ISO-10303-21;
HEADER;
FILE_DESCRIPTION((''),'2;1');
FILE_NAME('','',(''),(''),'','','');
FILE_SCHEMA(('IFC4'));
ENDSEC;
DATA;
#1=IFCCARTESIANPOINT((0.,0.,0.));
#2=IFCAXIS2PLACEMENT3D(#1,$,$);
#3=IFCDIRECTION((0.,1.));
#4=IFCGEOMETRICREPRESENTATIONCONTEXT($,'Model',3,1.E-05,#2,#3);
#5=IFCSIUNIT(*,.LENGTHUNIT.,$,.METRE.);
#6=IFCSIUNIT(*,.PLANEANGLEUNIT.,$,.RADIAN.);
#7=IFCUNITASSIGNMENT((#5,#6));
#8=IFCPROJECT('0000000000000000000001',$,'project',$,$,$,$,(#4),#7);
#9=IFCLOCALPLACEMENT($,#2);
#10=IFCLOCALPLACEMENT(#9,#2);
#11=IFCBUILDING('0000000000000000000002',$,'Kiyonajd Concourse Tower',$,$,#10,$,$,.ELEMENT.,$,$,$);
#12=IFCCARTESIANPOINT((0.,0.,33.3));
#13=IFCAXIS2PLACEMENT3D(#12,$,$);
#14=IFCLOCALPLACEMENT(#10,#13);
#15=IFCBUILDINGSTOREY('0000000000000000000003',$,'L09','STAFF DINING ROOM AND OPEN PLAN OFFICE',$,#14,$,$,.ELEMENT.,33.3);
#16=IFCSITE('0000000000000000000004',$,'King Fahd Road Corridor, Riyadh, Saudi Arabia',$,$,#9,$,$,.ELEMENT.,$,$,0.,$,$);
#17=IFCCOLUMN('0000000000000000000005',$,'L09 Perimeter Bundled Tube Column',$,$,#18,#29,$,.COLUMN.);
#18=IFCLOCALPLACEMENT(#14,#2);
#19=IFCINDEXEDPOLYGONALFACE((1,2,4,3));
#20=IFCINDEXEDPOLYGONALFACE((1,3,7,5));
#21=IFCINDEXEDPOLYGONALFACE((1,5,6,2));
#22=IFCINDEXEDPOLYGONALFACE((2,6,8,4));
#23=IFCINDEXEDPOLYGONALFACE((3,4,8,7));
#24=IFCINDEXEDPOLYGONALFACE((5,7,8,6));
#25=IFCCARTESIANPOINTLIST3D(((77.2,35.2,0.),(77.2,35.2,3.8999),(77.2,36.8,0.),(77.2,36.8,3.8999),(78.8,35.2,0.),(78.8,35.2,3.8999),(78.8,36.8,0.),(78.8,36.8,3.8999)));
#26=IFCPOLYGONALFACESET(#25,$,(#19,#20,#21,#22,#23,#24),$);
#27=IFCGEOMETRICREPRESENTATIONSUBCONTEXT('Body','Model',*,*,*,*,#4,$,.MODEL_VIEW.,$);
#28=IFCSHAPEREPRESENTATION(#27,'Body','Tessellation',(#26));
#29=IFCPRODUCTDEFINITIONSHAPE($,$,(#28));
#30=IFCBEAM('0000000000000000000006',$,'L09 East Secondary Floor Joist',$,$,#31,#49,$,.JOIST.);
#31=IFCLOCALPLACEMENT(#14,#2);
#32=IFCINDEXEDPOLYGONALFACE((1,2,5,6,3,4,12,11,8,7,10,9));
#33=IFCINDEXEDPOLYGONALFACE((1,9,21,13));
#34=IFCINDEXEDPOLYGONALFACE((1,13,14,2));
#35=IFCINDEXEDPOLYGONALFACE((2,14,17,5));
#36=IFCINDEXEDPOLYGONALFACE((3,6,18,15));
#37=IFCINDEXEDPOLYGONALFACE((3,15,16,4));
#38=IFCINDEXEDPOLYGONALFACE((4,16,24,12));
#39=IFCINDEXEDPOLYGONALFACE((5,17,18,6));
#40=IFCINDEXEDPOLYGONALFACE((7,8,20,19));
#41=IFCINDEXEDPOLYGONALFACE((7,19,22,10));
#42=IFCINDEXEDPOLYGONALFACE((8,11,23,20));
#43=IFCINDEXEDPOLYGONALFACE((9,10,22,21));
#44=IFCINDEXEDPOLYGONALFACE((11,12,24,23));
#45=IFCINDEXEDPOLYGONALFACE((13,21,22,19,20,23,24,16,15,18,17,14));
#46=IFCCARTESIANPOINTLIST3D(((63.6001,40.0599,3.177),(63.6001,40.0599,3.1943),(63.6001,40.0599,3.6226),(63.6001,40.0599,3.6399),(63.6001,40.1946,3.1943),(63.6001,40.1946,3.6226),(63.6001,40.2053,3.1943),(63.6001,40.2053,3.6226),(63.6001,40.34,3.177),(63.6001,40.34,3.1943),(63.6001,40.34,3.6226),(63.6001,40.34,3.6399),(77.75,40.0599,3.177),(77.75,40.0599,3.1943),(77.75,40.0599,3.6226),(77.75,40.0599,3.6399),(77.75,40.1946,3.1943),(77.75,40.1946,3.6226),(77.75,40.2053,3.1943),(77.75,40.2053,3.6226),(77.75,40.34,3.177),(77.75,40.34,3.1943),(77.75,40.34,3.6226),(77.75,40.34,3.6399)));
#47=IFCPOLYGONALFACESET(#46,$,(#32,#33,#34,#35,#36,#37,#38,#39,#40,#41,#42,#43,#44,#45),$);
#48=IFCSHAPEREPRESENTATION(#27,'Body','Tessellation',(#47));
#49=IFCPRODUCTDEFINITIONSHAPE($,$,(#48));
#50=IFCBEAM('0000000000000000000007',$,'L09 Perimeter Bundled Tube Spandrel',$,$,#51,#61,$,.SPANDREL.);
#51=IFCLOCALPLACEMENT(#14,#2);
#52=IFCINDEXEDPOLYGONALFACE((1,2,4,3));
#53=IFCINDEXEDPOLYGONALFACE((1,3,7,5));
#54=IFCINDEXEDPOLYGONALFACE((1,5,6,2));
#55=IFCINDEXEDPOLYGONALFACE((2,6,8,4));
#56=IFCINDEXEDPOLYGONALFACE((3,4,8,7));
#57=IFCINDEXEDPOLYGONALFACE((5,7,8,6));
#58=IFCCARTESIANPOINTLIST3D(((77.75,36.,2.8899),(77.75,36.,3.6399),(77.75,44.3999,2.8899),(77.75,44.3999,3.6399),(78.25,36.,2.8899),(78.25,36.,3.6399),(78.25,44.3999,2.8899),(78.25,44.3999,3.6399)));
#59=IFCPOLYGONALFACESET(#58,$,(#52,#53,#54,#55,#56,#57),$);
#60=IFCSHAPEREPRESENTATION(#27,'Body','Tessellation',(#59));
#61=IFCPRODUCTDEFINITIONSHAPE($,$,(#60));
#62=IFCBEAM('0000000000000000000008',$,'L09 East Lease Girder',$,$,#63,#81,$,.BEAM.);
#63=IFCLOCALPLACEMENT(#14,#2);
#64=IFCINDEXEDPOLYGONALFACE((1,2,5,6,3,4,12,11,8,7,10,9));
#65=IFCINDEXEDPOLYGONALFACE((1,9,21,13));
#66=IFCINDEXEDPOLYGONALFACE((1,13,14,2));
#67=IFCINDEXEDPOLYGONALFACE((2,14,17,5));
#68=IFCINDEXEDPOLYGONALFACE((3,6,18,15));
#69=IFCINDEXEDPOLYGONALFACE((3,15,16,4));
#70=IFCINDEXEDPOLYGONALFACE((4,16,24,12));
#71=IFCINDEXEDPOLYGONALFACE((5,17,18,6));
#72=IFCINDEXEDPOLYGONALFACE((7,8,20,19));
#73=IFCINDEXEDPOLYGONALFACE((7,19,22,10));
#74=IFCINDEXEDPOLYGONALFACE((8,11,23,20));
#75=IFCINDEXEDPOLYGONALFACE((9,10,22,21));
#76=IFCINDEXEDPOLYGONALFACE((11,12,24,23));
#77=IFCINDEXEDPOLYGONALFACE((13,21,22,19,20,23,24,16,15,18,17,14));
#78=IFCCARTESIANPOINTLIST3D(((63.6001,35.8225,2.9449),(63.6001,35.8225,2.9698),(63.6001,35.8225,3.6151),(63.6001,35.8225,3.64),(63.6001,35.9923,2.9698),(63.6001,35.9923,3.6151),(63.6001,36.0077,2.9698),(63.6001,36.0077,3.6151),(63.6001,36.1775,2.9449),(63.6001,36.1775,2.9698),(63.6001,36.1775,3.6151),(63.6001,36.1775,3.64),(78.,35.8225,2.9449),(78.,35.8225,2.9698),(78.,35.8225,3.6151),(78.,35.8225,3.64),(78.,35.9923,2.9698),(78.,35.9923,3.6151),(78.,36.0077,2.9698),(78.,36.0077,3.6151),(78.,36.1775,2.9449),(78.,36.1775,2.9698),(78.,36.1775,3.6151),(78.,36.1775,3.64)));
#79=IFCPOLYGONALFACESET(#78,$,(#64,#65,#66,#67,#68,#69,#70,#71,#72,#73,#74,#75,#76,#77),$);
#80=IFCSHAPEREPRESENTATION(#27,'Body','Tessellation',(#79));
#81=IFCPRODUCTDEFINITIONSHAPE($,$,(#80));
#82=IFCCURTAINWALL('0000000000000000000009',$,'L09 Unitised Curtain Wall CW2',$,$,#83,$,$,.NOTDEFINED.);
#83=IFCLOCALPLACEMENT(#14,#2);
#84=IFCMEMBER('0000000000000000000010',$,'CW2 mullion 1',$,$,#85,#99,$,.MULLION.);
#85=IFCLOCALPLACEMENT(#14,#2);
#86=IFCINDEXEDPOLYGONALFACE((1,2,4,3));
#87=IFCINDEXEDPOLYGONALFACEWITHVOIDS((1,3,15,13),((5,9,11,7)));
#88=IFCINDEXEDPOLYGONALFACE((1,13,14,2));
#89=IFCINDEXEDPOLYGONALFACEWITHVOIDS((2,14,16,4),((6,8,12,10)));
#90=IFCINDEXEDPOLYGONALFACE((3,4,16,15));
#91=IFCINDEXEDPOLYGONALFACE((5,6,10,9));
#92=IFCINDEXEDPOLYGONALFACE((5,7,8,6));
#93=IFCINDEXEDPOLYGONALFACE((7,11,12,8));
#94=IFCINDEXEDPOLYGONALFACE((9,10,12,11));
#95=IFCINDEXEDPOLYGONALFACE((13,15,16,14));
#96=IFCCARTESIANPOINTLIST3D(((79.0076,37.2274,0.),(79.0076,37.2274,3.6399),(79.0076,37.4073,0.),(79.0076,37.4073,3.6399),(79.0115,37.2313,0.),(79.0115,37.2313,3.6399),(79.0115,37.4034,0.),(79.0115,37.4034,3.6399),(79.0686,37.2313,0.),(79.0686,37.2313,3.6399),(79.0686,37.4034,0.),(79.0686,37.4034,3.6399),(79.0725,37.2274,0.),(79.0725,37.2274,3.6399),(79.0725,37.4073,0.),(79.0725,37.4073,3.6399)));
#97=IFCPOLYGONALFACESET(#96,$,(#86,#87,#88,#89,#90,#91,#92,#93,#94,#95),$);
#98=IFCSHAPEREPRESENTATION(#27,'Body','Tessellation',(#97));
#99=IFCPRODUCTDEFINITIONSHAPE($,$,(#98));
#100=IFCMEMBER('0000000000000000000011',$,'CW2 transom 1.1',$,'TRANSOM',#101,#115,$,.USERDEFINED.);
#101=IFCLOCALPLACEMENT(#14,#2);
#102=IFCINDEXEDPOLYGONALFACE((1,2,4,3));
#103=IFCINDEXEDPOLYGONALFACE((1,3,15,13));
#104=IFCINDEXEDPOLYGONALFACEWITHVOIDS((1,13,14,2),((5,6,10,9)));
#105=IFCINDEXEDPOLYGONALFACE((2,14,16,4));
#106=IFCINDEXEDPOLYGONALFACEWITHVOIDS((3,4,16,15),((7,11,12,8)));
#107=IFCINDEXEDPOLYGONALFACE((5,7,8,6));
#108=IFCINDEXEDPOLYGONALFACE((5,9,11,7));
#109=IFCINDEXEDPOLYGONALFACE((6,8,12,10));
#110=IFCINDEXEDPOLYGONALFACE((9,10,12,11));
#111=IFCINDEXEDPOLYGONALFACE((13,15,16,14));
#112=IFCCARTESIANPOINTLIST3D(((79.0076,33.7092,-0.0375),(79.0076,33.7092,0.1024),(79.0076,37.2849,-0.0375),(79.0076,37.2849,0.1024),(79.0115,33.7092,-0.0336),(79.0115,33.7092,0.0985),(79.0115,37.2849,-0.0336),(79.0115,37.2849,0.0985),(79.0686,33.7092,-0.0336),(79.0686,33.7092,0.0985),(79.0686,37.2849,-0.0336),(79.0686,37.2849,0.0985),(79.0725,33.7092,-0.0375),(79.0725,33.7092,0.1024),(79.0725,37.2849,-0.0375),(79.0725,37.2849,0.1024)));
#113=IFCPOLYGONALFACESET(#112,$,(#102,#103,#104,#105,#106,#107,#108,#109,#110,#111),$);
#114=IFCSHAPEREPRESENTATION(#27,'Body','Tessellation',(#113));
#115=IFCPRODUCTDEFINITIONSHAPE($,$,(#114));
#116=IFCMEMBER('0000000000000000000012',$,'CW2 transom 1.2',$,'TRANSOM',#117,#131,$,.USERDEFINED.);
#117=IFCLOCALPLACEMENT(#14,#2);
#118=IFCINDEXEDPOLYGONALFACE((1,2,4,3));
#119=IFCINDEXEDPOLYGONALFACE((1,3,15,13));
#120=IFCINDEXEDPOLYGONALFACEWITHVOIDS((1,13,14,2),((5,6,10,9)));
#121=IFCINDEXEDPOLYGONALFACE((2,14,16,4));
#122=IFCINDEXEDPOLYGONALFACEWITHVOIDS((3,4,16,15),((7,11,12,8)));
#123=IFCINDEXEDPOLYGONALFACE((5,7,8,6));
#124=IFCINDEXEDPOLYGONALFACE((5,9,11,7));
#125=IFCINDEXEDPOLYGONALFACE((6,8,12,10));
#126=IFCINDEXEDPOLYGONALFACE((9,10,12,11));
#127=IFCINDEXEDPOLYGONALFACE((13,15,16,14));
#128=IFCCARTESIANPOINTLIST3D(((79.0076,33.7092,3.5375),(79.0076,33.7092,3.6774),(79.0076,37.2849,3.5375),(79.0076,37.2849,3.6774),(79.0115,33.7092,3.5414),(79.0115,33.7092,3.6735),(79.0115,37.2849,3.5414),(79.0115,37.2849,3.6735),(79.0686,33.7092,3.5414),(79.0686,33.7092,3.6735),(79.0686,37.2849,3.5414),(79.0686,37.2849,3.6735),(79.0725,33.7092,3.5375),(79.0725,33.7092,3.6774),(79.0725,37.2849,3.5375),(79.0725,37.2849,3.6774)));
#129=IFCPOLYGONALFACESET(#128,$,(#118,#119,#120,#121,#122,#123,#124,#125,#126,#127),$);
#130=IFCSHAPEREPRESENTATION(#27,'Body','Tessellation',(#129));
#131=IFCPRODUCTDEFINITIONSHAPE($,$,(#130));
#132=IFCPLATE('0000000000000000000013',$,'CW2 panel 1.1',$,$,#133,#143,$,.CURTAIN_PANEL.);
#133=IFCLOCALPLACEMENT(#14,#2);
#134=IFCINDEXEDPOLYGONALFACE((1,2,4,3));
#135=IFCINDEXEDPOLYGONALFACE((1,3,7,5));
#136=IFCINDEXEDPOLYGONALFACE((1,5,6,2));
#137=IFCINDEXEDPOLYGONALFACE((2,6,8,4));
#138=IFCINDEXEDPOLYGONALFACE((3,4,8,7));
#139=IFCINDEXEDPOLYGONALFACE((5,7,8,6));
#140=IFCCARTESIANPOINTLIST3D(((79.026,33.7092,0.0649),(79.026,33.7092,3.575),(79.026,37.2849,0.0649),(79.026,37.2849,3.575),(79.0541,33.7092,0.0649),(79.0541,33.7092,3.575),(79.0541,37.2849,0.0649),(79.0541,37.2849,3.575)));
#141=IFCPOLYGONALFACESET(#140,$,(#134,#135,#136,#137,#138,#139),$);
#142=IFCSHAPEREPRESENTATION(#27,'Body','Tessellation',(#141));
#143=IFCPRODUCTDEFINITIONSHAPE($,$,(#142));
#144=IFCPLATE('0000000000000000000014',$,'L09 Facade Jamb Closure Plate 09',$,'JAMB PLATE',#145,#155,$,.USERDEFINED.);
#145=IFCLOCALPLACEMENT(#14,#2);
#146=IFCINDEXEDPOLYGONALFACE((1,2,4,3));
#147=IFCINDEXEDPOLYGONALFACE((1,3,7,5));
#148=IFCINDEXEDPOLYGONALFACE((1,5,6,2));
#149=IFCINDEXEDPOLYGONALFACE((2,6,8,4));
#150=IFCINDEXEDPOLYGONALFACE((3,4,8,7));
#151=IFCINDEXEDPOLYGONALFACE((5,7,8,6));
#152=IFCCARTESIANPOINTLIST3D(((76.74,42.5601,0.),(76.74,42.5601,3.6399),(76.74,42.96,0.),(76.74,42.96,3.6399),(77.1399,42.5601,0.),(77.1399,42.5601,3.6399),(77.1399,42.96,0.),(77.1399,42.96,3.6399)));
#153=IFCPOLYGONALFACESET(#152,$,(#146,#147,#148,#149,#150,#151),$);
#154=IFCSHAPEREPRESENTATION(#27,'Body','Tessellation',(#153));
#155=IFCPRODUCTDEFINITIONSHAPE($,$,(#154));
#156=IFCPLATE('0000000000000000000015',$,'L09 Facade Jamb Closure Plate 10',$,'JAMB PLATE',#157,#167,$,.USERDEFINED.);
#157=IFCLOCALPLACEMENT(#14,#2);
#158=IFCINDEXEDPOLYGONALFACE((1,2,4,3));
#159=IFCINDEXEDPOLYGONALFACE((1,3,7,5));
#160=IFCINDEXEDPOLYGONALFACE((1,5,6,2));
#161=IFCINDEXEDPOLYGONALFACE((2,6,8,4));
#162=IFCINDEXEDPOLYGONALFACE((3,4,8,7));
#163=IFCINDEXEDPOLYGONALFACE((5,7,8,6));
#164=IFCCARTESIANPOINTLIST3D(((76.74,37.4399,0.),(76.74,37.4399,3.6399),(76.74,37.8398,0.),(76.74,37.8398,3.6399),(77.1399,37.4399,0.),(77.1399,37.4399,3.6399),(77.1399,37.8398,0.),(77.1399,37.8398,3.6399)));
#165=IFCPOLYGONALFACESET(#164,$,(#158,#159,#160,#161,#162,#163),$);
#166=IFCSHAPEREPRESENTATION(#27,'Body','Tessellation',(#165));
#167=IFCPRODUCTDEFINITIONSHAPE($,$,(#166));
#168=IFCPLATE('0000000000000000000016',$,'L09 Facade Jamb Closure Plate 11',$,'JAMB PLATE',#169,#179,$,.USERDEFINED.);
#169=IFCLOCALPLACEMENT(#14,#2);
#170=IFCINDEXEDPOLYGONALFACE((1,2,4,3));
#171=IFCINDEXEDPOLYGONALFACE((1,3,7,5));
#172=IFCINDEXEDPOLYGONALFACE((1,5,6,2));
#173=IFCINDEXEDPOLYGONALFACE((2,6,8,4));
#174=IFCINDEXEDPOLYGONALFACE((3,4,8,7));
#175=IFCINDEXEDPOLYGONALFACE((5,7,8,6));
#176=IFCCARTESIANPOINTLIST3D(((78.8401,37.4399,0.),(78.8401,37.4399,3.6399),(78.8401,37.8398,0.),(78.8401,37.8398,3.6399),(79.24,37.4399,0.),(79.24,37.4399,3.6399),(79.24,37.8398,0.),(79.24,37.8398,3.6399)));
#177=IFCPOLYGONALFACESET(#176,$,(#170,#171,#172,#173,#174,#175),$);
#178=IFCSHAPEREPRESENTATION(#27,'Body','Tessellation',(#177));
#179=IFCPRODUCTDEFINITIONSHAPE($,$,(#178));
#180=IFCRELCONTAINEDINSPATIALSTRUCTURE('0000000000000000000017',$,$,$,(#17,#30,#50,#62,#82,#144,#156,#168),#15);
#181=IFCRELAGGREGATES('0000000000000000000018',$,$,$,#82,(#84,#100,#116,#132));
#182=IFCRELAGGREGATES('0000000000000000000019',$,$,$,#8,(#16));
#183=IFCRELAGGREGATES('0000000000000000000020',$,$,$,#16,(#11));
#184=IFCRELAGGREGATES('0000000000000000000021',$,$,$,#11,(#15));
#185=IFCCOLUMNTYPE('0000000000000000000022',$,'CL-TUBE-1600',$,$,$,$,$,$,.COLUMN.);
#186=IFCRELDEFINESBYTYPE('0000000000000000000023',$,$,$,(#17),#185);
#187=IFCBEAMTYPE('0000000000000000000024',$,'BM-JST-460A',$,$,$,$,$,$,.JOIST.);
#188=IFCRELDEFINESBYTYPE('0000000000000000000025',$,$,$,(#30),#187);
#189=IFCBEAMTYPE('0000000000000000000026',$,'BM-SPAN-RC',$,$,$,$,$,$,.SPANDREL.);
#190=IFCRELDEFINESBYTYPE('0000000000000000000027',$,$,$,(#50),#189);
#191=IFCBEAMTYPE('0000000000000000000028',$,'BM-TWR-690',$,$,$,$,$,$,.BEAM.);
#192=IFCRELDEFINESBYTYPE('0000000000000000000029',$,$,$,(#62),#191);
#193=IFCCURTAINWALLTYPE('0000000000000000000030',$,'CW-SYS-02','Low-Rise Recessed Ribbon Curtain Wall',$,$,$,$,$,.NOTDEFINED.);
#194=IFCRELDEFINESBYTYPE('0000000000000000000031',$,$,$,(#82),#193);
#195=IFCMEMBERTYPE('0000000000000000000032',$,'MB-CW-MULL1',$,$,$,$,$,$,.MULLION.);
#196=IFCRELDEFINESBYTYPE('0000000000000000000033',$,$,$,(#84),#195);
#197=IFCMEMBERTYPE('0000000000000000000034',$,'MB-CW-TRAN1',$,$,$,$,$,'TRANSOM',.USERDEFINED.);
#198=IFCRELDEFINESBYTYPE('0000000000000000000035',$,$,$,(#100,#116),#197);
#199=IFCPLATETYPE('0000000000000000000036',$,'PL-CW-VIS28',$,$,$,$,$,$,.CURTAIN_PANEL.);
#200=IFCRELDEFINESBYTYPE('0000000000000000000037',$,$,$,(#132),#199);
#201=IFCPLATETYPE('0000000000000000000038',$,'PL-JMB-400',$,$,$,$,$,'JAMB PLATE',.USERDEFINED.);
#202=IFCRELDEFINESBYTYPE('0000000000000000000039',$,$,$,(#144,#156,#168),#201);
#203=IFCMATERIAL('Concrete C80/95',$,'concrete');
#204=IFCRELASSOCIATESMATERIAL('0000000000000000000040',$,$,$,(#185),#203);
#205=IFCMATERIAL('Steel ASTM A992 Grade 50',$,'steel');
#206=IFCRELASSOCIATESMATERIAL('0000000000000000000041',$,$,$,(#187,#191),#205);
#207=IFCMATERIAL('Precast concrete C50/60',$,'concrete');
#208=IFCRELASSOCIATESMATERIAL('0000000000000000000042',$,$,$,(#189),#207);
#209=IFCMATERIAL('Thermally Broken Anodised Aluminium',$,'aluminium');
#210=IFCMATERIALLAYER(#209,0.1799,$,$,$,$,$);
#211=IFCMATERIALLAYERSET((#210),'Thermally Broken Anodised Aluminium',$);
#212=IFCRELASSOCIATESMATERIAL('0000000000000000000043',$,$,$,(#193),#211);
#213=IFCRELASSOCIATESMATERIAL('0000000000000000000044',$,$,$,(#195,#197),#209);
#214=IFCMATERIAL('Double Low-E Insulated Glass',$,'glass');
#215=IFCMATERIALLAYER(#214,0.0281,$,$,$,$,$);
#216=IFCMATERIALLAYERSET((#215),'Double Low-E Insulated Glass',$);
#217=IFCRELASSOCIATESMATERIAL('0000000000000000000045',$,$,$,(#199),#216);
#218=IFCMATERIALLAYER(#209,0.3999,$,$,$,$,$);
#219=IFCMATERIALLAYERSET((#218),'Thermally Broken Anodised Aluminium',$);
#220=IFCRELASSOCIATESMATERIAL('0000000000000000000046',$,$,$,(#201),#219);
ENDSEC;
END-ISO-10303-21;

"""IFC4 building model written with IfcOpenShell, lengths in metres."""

from ifc_helpers import new_model, si_unit, direction, frame, origin, origin_2d, place, context, subcontext, project, spatial, rectangle, hollow_rectangle, i_section, extrude, material, layer, layer_set, material_profile, profile_set, type_object, element, aggregate, save


model = new_model("IFC4")

# Units and contexts
model_context = context("Model", 3, precision=1e-05, world=origin(), true_north=direction((0.0, 1.0)))
body_context = subcontext(model_context, "Body", "Model", "MODEL_VIEW")
ifc_project = project(units=[si_unit("LENGTHUNIT", "METRE"), si_unit("PLANEANGLEUNIT", "RADIAN")], contexts=[model_context])

# Site, building, storey
site_placement = place(None, origin())
site = spatial("IfcSite", under=ifc_project, at=site_placement, Name="King Fahd Road Corridor, Riyadh, Saudi Arabia", CompositionType="ELEMENT", RefElevation=0.0)
building_placement = place(site_placement, origin())
building = spatial("IfcBuilding", under=site, at=building_placement, Name="Kiyonajd Concourse Tower", CompositionType="ELEMENT")
storey_placement = place(building_placement, frame((0.0, 0.0, 33.3)))
storey = spatial("IfcBuildingStorey", under=building, at=storey_placement, Name="L09", Description="STAFF DINING ROOM AND OPEN PLAN OFFICE", CompositionType="ELEMENT", Elevation=33.3)

# Column
ifc_material_1 = material(Name="Concrete C80/95", Category="concrete")
ifc_material_profile_1 = material_profile(ifc_material_1, rectangle(XDim=1.6001, YDim=1.6001, at=origin_2d()), Name="RC-1600x1600")
ifc_profile_set_1 = profile_set([ifc_material_profile_1], Name="Concrete C80/95")
column_type = type_object("IfcColumnType", Name="CL-TUBE-1600", PredefinedType="COLUMN", material=ifc_profile_set_1)
column_placement = place(storey_placement, frame((78.0, 36.0, 0.0), z_axis=(0.0, 0.0, 1.0), x_axis=(1.0, 0.0, 0.0)))
element("IfcColumn", 1, at=column_placement, inside=storey, type_object=column_type, Name="L09 Perimeter Bundled Tube Column", PredefinedType="COLUMN", context=body_context, shape_type="SweptSolid", body=[
    extrude(rectangle(XDim=1.6001, YDim=1.6001, at=origin_2d()), origin(), (0.0, 0.0, 1.0), 3.8999),
])

# Beams
ifc_material_2 = material(Name="Steel ASTM A992 Grade 50", Category="steel")
ifc_material_profile_2 = material_profile(ifc_material_2, i_section(OverallWidth=0.28, OverallDepth=0.4629, WebThickness=0.0107, FlangeThickness=0.0173, at=origin_2d()), Name="W460X113")
ifc_profile_set_2 = profile_set([ifc_material_profile_2], Name="Steel ASTM A992 Grade 50")
beam_type_1 = type_object("IfcBeamType", Name="BM-JST-460A", PredefinedType="JOIST", material=ifc_profile_set_2)
beam_1_placement = place(storey_placement, frame((63.6001, 40.2, 3.4084), z_axis=(1.0, 0.0, 0.0), x_axis=(0.0, 1.0, 0.0)))
element("IfcBeam", 2, at=beam_1_placement, inside=storey, type_object=beam_type_1, Name="L09 East Secondary Floor Joist", PredefinedType="JOIST", context=body_context, shape_type="SweptSolid", body=[
    extrude(i_section(OverallWidth=0.28, OverallDepth=0.4629, WebThickness=0.0107, FlangeThickness=0.0173, at=origin_2d()), origin(), (0.0, 0.0, 1.0), 14.1499),
])
ifc_material_3 = material(Name="Precast concrete C50/60", Category="concrete")
ifc_material_profile_3 = material_profile(ifc_material_3, rectangle(XDim=0.5, YDim=0.75, at=origin_2d()), Name="RCBM-500x750")
ifc_profile_set_3 = profile_set([ifc_material_profile_3], Name="Precast concrete C50/60")
beam_type_2 = type_object("IfcBeamType", Name="BM-SPAN-RC", PredefinedType="SPANDREL", material=ifc_profile_set_3)
beam_2_placement = place(storey_placement, frame((78.0, 36.0, 3.2649), z_axis=(0.0, 1.0, 0.0), x_axis=(-1.0, 0.0, 0.0)))
element("IfcBeam", 3, at=beam_2_placement, inside=storey, type_object=beam_type_2, Name="L09 Perimeter Bundled Tube Spandrel", PredefinedType="SPANDREL", context=body_context, shape_type="SweptSolid", body=[
    extrude(rectangle(XDim=0.5, YDim=0.75, at=origin_2d()), origin(), (0.0, 0.0, 1.0), 8.3999),
])
ifc_material_profile_4 = material_profile(ifc_material_2, i_section(OverallWidth=0.355, OverallDepth=0.6951, WebThickness=0.0154, FlangeThickness=0.0249, at=origin_2d()), Name="W690X217")
ifc_profile_set_4 = profile_set([ifc_material_profile_4], Name="Steel ASTM A992 Grade 50")
beam_type_3 = type_object("IfcBeamType", Name="BM-TWR-690", PredefinedType="BEAM", material=ifc_profile_set_4)
beam_3_placement = place(storey_placement, frame((63.6001, 36.0, 3.2925), z_axis=(1.0, 0.0, 0.0), x_axis=(0.0, 1.0, 0.0)))
element("IfcBeam", 4, at=beam_3_placement, inside=storey, type_object=beam_type_3, Name="L09 East Lease Girder", PredefinedType="BEAM", context=body_context, shape_type="SweptSolid", body=[
    extrude(i_section(OverallWidth=0.355, OverallDepth=0.6951, WebThickness=0.0154, FlangeThickness=0.0249, at=origin_2d()), origin(), (0.0, 0.0, 1.0), 14.3999),
])

# Curtain wall, members, plate
ifc_material_4 = material(Name="Thermally Broken Anodised Aluminium", Category="aluminium")
ifc_layer_1 = layer(ifc_material_4, 0.1799)
ifc_layer_set_1 = layer_set([ifc_layer_1], Name="Thermally Broken Anodised Aluminium")
curtain_wall_type = type_object("IfcCurtainWallType", Name="CW-SYS-02", Description="Low-Rise Recessed Ribbon Curtain Wall", PredefinedType="NOTDEFINED", material=ifc_layer_set_1)
curtain_wall_placement = place(storey_placement, origin())
curtain_wall = element("IfcCurtainWall", 5, at=curtain_wall_placement, inside=storey, type_object=curtain_wall_type, Name="L09 Unitised Curtain Wall CW2", PredefinedType="NOTDEFINED")
ifc_material_profile_5 = material_profile(ifc_material_4, hollow_rectangle(XDim=0.0649, YDim=0.1799, WallThickness=0.0039, at=origin_2d()), Name="MULL-65x180")
ifc_profile_set_5 = profile_set([ifc_material_profile_5], Name="Thermally Broken Anodised Aluminium")
member_type_1 = type_object("IfcMemberType", Name="MB-CW-MULL1", PredefinedType="MULLION", material=ifc_profile_set_5)
member_1_placement = place(storey_placement, frame((79.04, 37.3174, 0.0), z_axis=(0.0, 0.0, 1.0), x_axis=(1.0, 0.0, 0.0)))
member_1 = element("IfcMember", 6, at=member_1_placement, type_object=member_type_1, Name="CW2 mullion 1", PredefinedType="MULLION", context=body_context, shape_type="SweptSolid", body=[
    extrude(hollow_rectangle(XDim=0.0649, YDim=0.1799, WallThickness=0.0039, at=origin_2d()), origin(), (0.0, 0.0, 1.0), 3.6399),
])
ifc_material_profile_6 = material_profile(ifc_material_4, hollow_rectangle(XDim=0.0649, YDim=0.1399, WallThickness=0.0039, at=origin_2d()), Name="TRAN-65x140")
ifc_profile_set_6 = profile_set([ifc_material_profile_6], Name="Thermally Broken Anodised Aluminium")
member_type_2 = type_object("IfcMemberType", Name="MB-CW-TRAN1", ElementType="TRANSOM", PredefinedType="USERDEFINED", material=ifc_profile_set_6)
member_2_placement = place(storey_placement, frame((79.04, 37.2849, 0.0325), z_axis=(0.0, -1.0, 0.0), x_axis=(1.0, 0.0, 0.0)))
member_2 = element("IfcMember", 7, at=member_2_placement, type_object=member_type_2, Name="CW2 transom 1.1", ObjectType="TRANSOM", PredefinedType="USERDEFINED", context=body_context, shape_type="SweptSolid", body=[
    extrude(hollow_rectangle(XDim=0.0649, YDim=0.1399, WallThickness=0.0039, at=origin_2d()), origin(), (0.0, 0.0, 1.0), 3.5757),
])
member_3_placement = place(storey_placement, frame((79.04, 37.2849, 3.6074), z_axis=(0.0, -1.0, 0.0), x_axis=(1.0, 0.0, 0.0)))
member_3 = element("IfcMember", 8, at=member_3_placement, type_object=member_type_2, Name="CW2 transom 1.2", ObjectType="TRANSOM", PredefinedType="USERDEFINED", context=body_context, shape_type="SweptSolid", body=[
    extrude(hollow_rectangle(XDim=0.0649, YDim=0.1399, WallThickness=0.0039, at=origin_2d()), origin(), (0.0, 0.0, 1.0), 3.5757),
])
ifc_material_5 = material(Name="Double Low-E Insulated Glass", Category="glass")
ifc_layer_2 = layer(ifc_material_5, 0.0281)
ifc_layer_set_2 = layer_set([ifc_layer_2], Name="Double Low-E Insulated Glass")
plate_type_1 = type_object("IfcPlateType", Name="PL-CW-VIS28", PredefinedType="CURTAIN_PANEL", material=ifc_layer_set_2)
plate_placement = place(storey_placement, frame((79.04, 35.4971, 0.0649), z_axis=(0.0, 0.0, 1.0), x_axis=(0.0, -1.0, 0.0)))
plate = element("IfcPlate", 9, at=plate_placement, type_object=plate_type_1, Name="CW2 panel 1.1", PredefinedType="CURTAIN_PANEL", context=body_context, shape_type="SweptSolid", body=[
    extrude(rectangle(XDim=3.5757, YDim=0.0281, at=origin_2d()), origin(), (0.0, 0.0, 1.0), 3.51),
])
aggregate(curtain_wall, [member_1, member_2, member_3, plate])

# Plates
ifc_layer_3 = layer(ifc_material_4, 0.3999)
ifc_layer_set_3 = layer_set([ifc_layer_3], Name="Thermally Broken Anodised Aluminium")
plate_type_2 = type_object("IfcPlateType", Name="PL-JMB-400", ElementType="JAMB PLATE", PredefinedType="USERDEFINED", material=ifc_layer_set_3)
for number, where, z_axis, x_axis, name in (
    (10, (76.9399, 42.76, 0.0), (0.0, 0.0, 1.0), (1.0, 0.0, 0.0), "L09 Facade Jamb Closure Plate 09"),
    (11, (76.9399, 37.6399, 0.0), (0.0, 0.0, 1.0), (1.0, 0.0, 0.0), "L09 Facade Jamb Closure Plate 10"),
    (12, (79.04, 37.6399, 0.0), (0.0, 0.0, 1.0), (1.0, 0.0, 0.0), "L09 Facade Jamb Closure Plate 11"),
):
    element("IfcPlate", number, at=place(storey_placement, frame(where, z_axis=z_axis, x_axis=x_axis)), inside=storey, type_object=plate_type_2, Name=name, ObjectType="JAMB PLATE", PredefinedType="USERDEFINED", context=body_context, shape_type="SweptSolid", body=[
        extrude(rectangle(XDim=0.3999, YDim=0.3999, at=origin_2d()), origin(), (0.0, 0.0, 1.0), 3.6399),
    ])

save(model, "model.ifc")
